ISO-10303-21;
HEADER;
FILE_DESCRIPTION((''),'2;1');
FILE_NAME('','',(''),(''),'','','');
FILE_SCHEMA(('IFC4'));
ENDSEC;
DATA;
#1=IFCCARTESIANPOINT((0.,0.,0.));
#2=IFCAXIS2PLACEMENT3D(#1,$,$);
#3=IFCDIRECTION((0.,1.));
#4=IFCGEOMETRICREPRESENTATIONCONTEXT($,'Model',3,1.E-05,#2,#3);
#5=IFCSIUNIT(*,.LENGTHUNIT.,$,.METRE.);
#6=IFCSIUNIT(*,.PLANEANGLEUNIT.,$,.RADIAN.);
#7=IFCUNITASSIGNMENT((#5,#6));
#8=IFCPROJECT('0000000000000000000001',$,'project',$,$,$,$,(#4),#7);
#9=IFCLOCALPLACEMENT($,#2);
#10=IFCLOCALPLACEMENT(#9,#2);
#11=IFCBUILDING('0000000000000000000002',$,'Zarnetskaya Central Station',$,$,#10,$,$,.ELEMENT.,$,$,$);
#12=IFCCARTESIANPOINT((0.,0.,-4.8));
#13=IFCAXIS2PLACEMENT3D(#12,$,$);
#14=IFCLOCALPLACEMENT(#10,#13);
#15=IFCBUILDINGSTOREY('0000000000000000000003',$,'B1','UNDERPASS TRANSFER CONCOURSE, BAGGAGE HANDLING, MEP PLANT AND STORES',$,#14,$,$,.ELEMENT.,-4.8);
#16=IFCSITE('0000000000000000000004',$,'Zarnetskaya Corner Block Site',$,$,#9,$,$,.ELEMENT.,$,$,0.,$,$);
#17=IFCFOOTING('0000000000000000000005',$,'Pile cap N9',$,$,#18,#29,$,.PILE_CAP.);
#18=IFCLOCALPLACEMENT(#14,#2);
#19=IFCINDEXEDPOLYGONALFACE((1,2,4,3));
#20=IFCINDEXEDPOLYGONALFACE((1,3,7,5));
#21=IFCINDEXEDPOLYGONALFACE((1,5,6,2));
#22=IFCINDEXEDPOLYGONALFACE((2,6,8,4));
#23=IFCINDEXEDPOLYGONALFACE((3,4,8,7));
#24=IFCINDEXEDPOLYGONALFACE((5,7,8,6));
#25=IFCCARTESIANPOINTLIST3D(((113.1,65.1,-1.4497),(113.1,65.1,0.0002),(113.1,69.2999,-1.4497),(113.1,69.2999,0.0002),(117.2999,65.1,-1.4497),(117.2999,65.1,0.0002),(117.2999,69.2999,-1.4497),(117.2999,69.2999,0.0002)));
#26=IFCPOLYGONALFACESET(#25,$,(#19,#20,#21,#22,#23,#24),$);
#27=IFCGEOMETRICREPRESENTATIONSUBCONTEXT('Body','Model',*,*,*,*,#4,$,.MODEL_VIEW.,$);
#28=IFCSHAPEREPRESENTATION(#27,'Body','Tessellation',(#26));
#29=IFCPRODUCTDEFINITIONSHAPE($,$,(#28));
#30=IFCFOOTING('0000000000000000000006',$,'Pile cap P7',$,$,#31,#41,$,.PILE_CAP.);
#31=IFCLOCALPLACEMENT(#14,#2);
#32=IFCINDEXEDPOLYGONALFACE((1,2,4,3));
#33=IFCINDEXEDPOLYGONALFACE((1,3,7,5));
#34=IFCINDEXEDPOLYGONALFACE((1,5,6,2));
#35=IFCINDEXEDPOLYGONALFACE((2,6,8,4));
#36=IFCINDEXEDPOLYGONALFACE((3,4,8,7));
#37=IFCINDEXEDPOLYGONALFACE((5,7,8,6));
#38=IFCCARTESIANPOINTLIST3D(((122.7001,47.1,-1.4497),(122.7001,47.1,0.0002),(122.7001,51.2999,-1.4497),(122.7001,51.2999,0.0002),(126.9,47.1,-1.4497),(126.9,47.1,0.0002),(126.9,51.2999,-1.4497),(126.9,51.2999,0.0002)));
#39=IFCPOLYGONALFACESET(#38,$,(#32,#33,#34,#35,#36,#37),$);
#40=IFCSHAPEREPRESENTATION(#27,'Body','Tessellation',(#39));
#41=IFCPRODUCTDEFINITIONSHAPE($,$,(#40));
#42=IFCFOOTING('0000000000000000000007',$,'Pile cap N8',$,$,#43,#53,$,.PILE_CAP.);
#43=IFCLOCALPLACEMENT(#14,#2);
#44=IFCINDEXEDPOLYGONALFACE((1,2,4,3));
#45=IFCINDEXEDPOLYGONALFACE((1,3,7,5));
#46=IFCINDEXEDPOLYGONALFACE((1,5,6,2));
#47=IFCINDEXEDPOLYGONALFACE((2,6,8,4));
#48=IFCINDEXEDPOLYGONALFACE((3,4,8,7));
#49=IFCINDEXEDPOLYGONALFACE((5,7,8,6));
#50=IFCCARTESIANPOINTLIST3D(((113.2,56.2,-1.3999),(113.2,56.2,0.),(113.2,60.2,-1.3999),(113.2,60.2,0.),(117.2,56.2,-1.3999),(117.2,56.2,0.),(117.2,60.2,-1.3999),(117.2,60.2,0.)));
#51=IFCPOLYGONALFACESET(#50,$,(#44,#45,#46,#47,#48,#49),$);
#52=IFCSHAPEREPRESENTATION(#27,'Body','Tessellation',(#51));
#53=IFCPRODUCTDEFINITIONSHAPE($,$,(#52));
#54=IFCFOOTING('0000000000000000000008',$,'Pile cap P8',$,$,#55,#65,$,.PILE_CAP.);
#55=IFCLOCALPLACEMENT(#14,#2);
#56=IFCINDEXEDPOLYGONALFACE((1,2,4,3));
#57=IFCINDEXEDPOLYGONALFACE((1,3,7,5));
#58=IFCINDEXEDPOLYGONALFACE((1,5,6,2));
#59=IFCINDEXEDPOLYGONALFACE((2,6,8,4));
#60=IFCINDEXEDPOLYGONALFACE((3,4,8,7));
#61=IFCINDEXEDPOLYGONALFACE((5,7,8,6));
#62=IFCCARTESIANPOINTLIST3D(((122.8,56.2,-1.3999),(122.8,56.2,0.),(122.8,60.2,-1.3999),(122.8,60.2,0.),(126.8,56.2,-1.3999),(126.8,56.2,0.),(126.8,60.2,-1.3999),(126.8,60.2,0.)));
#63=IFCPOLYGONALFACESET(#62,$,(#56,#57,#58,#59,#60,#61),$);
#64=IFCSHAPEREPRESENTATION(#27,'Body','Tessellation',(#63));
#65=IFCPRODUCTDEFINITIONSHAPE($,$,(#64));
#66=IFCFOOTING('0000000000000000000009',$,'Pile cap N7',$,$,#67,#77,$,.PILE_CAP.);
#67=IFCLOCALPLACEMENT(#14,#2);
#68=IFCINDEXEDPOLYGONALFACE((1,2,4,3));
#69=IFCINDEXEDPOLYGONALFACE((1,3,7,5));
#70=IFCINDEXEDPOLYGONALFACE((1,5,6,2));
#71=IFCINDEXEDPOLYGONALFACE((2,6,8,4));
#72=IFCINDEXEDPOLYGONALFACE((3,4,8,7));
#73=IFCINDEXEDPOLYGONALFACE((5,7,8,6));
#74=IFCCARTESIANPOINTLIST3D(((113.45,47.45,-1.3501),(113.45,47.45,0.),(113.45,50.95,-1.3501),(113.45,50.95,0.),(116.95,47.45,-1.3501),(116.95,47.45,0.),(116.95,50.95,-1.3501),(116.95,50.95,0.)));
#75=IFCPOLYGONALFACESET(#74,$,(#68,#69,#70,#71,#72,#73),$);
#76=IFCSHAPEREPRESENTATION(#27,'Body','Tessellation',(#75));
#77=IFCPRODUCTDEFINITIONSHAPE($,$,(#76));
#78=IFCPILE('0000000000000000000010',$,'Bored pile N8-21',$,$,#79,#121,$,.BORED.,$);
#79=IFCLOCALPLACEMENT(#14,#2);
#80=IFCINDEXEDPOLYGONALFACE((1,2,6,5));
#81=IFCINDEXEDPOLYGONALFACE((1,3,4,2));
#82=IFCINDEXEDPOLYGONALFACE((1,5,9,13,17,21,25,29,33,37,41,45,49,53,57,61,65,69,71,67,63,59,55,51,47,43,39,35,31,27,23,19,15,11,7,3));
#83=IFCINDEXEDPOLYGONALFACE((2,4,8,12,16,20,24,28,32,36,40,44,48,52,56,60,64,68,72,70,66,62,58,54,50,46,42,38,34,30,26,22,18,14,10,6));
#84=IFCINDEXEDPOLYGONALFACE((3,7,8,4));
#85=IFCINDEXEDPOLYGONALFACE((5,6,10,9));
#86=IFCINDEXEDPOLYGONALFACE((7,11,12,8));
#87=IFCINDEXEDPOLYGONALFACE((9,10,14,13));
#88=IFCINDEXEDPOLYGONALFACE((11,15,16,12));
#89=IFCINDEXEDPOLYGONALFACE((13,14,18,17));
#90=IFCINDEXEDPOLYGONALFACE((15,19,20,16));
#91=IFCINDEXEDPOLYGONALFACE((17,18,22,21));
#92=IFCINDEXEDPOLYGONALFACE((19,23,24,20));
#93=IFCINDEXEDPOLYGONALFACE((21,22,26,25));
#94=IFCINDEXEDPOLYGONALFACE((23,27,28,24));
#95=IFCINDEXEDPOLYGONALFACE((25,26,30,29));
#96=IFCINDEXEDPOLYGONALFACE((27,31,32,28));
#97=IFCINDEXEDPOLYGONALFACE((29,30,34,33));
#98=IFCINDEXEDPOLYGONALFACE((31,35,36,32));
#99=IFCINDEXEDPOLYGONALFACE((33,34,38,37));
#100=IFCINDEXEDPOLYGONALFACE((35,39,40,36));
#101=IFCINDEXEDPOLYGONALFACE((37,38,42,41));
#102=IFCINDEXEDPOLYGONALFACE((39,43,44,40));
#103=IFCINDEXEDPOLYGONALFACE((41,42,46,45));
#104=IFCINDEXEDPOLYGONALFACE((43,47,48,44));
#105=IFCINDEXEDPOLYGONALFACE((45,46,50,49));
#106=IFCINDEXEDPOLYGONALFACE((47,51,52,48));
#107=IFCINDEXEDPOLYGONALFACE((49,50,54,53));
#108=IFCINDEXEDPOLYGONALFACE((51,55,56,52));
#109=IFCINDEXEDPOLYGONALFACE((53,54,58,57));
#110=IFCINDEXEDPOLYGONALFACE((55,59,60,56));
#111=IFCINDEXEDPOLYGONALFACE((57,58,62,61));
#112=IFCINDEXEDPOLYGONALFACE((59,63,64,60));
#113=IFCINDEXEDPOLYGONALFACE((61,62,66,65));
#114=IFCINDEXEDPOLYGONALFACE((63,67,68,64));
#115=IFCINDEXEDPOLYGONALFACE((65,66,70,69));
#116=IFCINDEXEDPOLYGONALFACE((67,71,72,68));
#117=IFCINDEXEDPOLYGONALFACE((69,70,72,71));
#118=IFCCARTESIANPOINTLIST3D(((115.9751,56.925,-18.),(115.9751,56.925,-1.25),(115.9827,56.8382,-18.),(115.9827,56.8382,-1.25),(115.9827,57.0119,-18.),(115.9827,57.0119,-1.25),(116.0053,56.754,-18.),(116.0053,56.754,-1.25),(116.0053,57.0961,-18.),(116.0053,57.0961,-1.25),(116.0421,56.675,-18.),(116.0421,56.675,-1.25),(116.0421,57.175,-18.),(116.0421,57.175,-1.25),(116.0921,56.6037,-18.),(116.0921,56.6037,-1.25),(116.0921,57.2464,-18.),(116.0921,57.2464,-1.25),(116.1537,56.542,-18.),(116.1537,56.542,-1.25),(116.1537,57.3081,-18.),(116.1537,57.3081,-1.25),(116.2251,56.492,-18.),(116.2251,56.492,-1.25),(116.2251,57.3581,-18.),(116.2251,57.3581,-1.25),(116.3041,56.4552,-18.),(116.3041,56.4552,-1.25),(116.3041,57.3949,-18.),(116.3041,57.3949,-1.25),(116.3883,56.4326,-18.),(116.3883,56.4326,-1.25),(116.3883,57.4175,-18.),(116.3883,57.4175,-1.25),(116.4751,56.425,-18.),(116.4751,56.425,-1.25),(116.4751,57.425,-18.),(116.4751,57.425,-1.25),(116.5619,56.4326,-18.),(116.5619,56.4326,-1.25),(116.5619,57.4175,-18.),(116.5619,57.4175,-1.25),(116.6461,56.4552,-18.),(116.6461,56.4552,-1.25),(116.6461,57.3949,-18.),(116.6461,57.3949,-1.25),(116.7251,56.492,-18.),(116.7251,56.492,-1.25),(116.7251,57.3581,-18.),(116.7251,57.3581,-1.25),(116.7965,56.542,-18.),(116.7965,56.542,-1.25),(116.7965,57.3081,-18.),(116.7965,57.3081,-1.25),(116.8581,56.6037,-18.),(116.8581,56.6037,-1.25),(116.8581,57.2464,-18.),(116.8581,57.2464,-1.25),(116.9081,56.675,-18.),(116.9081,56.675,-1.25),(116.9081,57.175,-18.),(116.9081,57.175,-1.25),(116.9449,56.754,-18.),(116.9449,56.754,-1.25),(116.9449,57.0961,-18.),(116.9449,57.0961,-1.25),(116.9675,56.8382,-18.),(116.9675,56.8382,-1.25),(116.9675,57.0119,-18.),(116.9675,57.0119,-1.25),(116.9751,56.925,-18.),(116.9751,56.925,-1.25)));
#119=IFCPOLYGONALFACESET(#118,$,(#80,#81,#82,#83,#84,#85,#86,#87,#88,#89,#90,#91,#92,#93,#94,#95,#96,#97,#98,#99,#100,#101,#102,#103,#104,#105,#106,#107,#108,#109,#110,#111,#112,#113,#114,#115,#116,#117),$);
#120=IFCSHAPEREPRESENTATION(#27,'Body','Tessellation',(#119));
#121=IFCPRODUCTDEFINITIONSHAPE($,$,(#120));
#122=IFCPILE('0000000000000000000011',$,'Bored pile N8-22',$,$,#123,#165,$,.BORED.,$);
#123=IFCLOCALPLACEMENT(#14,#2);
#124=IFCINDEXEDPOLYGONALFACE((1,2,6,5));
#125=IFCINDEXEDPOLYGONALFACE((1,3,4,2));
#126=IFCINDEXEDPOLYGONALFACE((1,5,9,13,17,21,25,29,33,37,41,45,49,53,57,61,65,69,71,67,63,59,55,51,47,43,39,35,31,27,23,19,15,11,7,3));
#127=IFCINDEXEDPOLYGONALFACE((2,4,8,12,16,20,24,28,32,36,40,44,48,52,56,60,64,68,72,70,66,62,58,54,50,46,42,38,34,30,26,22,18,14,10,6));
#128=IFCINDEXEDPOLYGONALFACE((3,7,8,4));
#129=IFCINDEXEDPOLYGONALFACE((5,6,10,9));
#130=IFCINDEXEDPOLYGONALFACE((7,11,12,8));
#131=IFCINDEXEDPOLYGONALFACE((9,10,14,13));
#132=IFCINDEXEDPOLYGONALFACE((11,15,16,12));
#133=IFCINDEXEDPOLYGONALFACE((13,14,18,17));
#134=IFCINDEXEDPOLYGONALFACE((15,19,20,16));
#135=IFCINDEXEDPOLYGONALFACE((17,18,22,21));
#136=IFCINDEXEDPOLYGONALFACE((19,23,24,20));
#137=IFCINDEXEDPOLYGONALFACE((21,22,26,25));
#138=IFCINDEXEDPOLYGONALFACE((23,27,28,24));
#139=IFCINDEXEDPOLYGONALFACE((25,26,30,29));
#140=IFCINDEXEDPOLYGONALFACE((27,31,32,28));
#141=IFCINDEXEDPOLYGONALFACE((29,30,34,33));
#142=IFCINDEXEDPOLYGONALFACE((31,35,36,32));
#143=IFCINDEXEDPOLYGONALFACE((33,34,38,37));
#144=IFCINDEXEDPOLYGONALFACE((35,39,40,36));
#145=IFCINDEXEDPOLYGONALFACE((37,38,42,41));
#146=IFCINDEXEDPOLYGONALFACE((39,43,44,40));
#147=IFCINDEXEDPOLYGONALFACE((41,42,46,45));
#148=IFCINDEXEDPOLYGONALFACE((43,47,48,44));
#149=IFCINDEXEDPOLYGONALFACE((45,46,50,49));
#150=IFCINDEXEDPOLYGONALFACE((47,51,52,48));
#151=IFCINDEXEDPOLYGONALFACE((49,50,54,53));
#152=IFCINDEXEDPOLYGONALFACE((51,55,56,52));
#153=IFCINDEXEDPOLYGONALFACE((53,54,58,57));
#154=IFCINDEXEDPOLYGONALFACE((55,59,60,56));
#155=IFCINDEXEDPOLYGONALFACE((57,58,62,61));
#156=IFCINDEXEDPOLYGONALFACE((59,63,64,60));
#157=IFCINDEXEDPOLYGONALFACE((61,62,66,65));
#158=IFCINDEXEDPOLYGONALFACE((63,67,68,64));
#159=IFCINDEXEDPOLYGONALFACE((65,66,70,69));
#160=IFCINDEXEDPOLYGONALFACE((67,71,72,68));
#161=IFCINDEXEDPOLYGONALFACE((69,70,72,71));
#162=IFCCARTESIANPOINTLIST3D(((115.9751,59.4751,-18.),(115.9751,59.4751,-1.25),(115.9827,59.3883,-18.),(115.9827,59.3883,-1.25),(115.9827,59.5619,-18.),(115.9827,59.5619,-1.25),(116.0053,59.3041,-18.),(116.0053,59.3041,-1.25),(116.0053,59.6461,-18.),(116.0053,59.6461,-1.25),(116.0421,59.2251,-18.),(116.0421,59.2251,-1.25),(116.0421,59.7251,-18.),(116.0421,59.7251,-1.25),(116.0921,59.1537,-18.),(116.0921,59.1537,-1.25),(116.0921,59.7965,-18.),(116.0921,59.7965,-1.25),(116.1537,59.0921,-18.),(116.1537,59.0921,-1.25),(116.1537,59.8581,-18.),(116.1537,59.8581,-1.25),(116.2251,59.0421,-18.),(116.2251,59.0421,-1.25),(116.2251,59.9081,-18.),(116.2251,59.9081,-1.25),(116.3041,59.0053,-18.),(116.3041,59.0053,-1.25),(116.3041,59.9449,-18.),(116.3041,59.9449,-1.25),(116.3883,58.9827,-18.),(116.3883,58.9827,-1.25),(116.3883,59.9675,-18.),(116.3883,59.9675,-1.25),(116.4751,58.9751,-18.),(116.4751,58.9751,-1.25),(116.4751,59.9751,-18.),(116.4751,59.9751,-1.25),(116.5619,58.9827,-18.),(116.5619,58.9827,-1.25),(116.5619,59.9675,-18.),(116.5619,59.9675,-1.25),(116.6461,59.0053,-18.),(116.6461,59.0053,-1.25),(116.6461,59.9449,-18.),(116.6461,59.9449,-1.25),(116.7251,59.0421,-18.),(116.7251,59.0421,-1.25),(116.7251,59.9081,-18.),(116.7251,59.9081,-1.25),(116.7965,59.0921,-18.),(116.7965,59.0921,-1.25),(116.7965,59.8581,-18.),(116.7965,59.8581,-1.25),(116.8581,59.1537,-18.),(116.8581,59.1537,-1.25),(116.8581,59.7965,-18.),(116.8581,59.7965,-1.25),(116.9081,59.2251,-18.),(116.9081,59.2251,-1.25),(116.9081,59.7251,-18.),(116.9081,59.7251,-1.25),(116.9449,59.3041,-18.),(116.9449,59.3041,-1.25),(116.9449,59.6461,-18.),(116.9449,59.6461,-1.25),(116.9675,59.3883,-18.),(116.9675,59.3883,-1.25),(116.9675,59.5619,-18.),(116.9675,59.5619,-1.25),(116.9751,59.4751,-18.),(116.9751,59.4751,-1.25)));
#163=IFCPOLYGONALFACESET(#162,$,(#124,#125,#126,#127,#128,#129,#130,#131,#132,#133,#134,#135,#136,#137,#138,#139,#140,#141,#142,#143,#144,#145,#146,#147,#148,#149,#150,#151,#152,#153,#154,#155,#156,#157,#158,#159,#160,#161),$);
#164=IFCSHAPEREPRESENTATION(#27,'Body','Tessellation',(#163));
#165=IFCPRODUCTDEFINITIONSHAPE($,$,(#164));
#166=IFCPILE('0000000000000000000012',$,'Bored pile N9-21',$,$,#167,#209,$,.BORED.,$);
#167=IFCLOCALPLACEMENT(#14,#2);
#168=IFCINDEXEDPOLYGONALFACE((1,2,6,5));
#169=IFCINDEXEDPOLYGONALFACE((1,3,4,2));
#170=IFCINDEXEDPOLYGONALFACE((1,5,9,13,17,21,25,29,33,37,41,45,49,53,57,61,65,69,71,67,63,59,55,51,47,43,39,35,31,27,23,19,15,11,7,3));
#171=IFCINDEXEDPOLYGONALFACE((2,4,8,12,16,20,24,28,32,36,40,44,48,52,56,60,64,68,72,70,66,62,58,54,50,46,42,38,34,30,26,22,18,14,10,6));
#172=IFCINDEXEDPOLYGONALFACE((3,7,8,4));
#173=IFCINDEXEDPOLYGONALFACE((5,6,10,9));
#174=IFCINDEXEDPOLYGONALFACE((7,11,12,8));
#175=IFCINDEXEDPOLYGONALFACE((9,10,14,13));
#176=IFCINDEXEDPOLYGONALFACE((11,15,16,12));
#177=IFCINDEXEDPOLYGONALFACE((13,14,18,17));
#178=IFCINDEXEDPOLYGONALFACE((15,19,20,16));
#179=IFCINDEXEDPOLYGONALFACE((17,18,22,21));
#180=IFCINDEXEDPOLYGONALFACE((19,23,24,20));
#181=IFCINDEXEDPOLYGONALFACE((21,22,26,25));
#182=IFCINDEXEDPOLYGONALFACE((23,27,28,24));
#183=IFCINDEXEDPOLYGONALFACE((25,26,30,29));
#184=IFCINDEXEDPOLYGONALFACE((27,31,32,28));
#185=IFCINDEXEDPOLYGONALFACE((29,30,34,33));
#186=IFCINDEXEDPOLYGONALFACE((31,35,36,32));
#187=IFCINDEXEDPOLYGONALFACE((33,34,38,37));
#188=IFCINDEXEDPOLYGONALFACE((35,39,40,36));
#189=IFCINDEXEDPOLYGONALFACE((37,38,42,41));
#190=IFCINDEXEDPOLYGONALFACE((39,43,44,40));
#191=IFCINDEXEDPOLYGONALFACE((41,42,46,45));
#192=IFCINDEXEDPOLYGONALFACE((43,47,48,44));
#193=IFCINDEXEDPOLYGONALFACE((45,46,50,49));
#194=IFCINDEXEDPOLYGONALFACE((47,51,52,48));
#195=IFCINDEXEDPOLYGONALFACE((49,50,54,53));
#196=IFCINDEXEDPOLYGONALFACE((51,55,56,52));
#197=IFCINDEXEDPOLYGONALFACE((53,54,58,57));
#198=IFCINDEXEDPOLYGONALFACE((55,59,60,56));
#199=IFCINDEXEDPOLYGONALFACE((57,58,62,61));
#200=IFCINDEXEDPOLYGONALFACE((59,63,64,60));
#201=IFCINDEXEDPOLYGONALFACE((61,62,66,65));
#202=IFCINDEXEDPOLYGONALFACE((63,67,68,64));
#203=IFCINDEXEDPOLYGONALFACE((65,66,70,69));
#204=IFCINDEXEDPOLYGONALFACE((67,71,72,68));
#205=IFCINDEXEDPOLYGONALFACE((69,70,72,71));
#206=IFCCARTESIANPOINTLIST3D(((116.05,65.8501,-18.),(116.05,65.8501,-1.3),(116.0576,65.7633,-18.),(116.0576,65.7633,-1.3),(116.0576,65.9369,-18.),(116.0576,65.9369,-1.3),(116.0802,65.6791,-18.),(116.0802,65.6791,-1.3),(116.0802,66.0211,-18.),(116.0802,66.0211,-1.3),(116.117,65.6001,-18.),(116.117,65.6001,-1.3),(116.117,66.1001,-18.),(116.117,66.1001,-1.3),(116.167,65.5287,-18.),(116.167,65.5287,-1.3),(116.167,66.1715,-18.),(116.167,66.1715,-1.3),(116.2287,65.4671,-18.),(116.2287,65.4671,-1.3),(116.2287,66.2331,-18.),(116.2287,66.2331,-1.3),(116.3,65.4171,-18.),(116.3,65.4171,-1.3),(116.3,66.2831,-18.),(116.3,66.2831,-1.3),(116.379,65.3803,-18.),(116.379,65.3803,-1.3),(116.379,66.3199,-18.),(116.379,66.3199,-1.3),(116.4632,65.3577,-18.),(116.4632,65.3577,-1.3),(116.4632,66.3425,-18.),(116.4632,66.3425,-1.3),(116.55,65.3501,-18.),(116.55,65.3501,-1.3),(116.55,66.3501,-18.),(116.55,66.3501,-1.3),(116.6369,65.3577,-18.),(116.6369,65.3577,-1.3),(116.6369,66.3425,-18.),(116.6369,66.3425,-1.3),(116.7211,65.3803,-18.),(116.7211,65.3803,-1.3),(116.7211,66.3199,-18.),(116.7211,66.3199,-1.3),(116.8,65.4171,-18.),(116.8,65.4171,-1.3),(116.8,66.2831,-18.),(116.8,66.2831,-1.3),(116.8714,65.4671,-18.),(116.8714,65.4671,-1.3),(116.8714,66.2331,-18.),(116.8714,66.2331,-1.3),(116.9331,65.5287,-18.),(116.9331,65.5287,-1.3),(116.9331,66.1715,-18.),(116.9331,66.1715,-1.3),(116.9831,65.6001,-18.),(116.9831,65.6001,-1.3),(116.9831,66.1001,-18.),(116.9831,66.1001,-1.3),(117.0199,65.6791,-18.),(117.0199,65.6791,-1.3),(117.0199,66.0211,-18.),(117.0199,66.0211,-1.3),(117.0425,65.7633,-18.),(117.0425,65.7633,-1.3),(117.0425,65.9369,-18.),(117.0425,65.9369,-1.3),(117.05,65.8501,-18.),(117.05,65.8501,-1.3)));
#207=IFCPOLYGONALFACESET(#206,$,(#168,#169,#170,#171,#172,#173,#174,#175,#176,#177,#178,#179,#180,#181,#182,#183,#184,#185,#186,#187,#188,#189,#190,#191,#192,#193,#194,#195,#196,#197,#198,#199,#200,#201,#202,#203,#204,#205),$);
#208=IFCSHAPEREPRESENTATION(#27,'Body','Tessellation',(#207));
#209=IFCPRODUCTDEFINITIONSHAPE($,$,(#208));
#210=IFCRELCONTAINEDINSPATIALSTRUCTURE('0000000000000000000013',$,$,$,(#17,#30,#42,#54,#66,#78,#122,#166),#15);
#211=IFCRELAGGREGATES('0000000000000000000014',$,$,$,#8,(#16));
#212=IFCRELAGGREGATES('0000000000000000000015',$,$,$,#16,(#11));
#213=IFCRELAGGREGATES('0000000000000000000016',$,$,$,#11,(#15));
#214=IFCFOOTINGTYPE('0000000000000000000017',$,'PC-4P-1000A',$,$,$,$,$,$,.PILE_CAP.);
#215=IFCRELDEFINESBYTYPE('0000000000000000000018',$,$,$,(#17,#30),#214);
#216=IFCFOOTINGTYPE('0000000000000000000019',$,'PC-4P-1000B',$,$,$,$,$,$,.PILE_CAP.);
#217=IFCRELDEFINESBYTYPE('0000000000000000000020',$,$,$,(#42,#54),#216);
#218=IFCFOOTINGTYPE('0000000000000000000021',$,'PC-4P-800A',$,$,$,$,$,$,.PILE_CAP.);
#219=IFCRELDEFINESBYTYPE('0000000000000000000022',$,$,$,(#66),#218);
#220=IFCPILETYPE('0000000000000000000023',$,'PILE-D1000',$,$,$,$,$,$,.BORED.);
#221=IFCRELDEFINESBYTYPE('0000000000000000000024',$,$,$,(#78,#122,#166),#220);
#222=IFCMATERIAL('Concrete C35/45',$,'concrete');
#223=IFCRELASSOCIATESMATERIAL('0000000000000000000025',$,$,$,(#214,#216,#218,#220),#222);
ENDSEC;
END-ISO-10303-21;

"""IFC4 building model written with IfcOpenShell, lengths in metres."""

from ifc_helpers import new_model, si_unit, direction, frame, origin, origin_2d, place, context, subcontext, project, spatial, rectangle, circle, extrude, material, material_profile, profile_set, type_object, element, save


model = new_model("IFC4")

# Units and contexts
model_context = context("Model", 3, precision=1e-05, world=origin(), true_north=direction((0.0, 1.0)))
body_context = subcontext(model_context, "Body", "Model", "MODEL_VIEW")
ifc_project = project(units=[si_unit("LENGTHUNIT", "METRE"), si_unit("PLANEANGLEUNIT", "RADIAN")], contexts=[model_context])

# Site, building, storey
site_placement = place(None, origin())
site = spatial("IfcSite", under=ifc_project, at=site_placement, Name="Zarnetskaya Corner Block Site", CompositionType="ELEMENT", RefElevation=0.0)
building_placement = place(site_placement, origin())
building = spatial("IfcBuilding", under=site, at=building_placement, Name="Zarnetskaya Central Station", CompositionType="ELEMENT")
storey_placement = place(building_placement, frame((0.0, 0.0, -4.8)))
storey = spatial("IfcBuildingStorey", under=building, at=storey_placement, Name="B1", Description="UNDERPASS TRANSFER CONCOURSE, BAGGAGE HANDLING, MEP PLANT AND STORES", CompositionType="ELEMENT", Elevation=-4.8)

# Footings
ifc_material = material(Name="Concrete C35/45", Category="concrete")
footing_type_1 = type_object("IfcFootingType", Name="PC-4P-1000A", PredefinedType="PILE_CAP", material=ifc_material)
for number, where, z_axis, x_axis, name in (
    (1, (115.2, 67.2, -1.4497), (0.0, 0.0, 1.0), (1.0, 0.0, 0.0), "Pile cap N9"),
    (2, (124.8, 49.2, -1.4497), (0.0, 0.0, 1.0), (1.0, 0.0, 0.0), "Pile cap P7"),
):
    element("IfcFooting", number, at=place(storey_placement, frame(where, z_axis=z_axis, x_axis=x_axis)), inside=storey, type_object=footing_type_1, Name=name, PredefinedType="PILE_CAP", context=body_context, shape_type="SweptSolid", body=[
        extrude(rectangle(XDim=4.2, YDim=4.2, at=origin_2d()), origin(), (0.0, 0.0, 1.0), 1.45),
    ])
footing_type_2 = type_object("IfcFootingType", Name="PC-4P-1000B", PredefinedType="PILE_CAP", material=ifc_material)
for number, where, z_axis, x_axis, name in (
    (3, (115.2, 58.2, -1.3999), (0.0, 0.0, 1.0), (1.0, 0.0, 0.0), "Pile cap N8"),
    (4, (124.8, 58.2, -1.3999), (0.0, 0.0, 1.0), (1.0, 0.0, 0.0), "Pile cap P8"),
):
    element("IfcFooting", number, at=place(storey_placement, frame(where, z_axis=z_axis, x_axis=x_axis)), inside=storey, type_object=footing_type_2, Name=name, PredefinedType="PILE_CAP", context=body_context, shape_type="SweptSolid", body=[
        extrude(rectangle(XDim=4.0, YDim=4.0, at=origin_2d()), origin(), (0.0, 0.0, 1.0), 1.3999),
    ])
footing_type_3 = type_object("IfcFootingType", Name="PC-4P-800A", PredefinedType="PILE_CAP", material=ifc_material)
footing_placement = place(storey_placement, frame((115.2, 49.2, -1.3501), z_axis=(0.0, 0.0, 1.0), x_axis=(1.0, 0.0, 0.0)))
element("IfcFooting", 5, at=footing_placement, inside=storey, type_object=footing_type_3, Name="Pile cap N7", PredefinedType="PILE_CAP", context=body_context, shape_type="SweptSolid", body=[
    extrude(rectangle(XDim=3.5, YDim=3.5, at=origin_2d()), origin(), (0.0, 0.0, 1.0), 1.3501),
])

# Piles
ifc_material_profile_1 = material_profile(ifc_material, circle(Radius=0.5, at=origin_2d()), Name="BORED PILE D1000")
ifc_profile_set_1 = profile_set([ifc_material_profile_1], Name="Concrete C35/45")
pile_type_1 = type_object("IfcPileType", Name="PILE-D1000", PredefinedType="BORED", material=ifc_profile_set_1)
for number, where, z_axis, x_axis, name in (
    (6, (116.4751, 56.925, -1.25), (0.0, 0.0, -1.0), (1.0, 0.0, 0.0), "Bored pile N8-21"),
    (7, (116.4751, 59.4751, -1.25), (0.0, 0.0, -1.0), (1.0, 0.0, 0.0), "Bored pile N8-22"),
):
    element("IfcPile", number, at=place(storey_placement, frame(where, z_axis=z_axis, x_axis=x_axis)), inside=storey, type_object=pile_type_1, Name=name, PredefinedType="BORED", context=body_context, shape_type="SweptSolid", body=[
        extrude(circle(Radius=0.5, at=origin_2d()), origin(), (0.0, 0.0, 1.0), 16.75),
    ])
for number, where, z_axis, x_axis, name in (
    (8, (116.55, 65.8501, -1.3), (0.0, 0.0, -1.0), (1.0, 0.0, 0.0), "Bored pile N9-21"),
):
    element("IfcPile", number, at=place(storey_placement, frame(where, z_axis=z_axis, x_axis=x_axis)), inside=storey, type_object=pile_type_1, Name=name, PredefinedType="BORED", context=body_context, shape_type="SweptSolid", body=[
        extrude(circle(Radius=0.5, at=origin_2d()), origin(), (0.0, 0.0, 1.0), 16.7),
    ])

save(model, "model.ifc")
